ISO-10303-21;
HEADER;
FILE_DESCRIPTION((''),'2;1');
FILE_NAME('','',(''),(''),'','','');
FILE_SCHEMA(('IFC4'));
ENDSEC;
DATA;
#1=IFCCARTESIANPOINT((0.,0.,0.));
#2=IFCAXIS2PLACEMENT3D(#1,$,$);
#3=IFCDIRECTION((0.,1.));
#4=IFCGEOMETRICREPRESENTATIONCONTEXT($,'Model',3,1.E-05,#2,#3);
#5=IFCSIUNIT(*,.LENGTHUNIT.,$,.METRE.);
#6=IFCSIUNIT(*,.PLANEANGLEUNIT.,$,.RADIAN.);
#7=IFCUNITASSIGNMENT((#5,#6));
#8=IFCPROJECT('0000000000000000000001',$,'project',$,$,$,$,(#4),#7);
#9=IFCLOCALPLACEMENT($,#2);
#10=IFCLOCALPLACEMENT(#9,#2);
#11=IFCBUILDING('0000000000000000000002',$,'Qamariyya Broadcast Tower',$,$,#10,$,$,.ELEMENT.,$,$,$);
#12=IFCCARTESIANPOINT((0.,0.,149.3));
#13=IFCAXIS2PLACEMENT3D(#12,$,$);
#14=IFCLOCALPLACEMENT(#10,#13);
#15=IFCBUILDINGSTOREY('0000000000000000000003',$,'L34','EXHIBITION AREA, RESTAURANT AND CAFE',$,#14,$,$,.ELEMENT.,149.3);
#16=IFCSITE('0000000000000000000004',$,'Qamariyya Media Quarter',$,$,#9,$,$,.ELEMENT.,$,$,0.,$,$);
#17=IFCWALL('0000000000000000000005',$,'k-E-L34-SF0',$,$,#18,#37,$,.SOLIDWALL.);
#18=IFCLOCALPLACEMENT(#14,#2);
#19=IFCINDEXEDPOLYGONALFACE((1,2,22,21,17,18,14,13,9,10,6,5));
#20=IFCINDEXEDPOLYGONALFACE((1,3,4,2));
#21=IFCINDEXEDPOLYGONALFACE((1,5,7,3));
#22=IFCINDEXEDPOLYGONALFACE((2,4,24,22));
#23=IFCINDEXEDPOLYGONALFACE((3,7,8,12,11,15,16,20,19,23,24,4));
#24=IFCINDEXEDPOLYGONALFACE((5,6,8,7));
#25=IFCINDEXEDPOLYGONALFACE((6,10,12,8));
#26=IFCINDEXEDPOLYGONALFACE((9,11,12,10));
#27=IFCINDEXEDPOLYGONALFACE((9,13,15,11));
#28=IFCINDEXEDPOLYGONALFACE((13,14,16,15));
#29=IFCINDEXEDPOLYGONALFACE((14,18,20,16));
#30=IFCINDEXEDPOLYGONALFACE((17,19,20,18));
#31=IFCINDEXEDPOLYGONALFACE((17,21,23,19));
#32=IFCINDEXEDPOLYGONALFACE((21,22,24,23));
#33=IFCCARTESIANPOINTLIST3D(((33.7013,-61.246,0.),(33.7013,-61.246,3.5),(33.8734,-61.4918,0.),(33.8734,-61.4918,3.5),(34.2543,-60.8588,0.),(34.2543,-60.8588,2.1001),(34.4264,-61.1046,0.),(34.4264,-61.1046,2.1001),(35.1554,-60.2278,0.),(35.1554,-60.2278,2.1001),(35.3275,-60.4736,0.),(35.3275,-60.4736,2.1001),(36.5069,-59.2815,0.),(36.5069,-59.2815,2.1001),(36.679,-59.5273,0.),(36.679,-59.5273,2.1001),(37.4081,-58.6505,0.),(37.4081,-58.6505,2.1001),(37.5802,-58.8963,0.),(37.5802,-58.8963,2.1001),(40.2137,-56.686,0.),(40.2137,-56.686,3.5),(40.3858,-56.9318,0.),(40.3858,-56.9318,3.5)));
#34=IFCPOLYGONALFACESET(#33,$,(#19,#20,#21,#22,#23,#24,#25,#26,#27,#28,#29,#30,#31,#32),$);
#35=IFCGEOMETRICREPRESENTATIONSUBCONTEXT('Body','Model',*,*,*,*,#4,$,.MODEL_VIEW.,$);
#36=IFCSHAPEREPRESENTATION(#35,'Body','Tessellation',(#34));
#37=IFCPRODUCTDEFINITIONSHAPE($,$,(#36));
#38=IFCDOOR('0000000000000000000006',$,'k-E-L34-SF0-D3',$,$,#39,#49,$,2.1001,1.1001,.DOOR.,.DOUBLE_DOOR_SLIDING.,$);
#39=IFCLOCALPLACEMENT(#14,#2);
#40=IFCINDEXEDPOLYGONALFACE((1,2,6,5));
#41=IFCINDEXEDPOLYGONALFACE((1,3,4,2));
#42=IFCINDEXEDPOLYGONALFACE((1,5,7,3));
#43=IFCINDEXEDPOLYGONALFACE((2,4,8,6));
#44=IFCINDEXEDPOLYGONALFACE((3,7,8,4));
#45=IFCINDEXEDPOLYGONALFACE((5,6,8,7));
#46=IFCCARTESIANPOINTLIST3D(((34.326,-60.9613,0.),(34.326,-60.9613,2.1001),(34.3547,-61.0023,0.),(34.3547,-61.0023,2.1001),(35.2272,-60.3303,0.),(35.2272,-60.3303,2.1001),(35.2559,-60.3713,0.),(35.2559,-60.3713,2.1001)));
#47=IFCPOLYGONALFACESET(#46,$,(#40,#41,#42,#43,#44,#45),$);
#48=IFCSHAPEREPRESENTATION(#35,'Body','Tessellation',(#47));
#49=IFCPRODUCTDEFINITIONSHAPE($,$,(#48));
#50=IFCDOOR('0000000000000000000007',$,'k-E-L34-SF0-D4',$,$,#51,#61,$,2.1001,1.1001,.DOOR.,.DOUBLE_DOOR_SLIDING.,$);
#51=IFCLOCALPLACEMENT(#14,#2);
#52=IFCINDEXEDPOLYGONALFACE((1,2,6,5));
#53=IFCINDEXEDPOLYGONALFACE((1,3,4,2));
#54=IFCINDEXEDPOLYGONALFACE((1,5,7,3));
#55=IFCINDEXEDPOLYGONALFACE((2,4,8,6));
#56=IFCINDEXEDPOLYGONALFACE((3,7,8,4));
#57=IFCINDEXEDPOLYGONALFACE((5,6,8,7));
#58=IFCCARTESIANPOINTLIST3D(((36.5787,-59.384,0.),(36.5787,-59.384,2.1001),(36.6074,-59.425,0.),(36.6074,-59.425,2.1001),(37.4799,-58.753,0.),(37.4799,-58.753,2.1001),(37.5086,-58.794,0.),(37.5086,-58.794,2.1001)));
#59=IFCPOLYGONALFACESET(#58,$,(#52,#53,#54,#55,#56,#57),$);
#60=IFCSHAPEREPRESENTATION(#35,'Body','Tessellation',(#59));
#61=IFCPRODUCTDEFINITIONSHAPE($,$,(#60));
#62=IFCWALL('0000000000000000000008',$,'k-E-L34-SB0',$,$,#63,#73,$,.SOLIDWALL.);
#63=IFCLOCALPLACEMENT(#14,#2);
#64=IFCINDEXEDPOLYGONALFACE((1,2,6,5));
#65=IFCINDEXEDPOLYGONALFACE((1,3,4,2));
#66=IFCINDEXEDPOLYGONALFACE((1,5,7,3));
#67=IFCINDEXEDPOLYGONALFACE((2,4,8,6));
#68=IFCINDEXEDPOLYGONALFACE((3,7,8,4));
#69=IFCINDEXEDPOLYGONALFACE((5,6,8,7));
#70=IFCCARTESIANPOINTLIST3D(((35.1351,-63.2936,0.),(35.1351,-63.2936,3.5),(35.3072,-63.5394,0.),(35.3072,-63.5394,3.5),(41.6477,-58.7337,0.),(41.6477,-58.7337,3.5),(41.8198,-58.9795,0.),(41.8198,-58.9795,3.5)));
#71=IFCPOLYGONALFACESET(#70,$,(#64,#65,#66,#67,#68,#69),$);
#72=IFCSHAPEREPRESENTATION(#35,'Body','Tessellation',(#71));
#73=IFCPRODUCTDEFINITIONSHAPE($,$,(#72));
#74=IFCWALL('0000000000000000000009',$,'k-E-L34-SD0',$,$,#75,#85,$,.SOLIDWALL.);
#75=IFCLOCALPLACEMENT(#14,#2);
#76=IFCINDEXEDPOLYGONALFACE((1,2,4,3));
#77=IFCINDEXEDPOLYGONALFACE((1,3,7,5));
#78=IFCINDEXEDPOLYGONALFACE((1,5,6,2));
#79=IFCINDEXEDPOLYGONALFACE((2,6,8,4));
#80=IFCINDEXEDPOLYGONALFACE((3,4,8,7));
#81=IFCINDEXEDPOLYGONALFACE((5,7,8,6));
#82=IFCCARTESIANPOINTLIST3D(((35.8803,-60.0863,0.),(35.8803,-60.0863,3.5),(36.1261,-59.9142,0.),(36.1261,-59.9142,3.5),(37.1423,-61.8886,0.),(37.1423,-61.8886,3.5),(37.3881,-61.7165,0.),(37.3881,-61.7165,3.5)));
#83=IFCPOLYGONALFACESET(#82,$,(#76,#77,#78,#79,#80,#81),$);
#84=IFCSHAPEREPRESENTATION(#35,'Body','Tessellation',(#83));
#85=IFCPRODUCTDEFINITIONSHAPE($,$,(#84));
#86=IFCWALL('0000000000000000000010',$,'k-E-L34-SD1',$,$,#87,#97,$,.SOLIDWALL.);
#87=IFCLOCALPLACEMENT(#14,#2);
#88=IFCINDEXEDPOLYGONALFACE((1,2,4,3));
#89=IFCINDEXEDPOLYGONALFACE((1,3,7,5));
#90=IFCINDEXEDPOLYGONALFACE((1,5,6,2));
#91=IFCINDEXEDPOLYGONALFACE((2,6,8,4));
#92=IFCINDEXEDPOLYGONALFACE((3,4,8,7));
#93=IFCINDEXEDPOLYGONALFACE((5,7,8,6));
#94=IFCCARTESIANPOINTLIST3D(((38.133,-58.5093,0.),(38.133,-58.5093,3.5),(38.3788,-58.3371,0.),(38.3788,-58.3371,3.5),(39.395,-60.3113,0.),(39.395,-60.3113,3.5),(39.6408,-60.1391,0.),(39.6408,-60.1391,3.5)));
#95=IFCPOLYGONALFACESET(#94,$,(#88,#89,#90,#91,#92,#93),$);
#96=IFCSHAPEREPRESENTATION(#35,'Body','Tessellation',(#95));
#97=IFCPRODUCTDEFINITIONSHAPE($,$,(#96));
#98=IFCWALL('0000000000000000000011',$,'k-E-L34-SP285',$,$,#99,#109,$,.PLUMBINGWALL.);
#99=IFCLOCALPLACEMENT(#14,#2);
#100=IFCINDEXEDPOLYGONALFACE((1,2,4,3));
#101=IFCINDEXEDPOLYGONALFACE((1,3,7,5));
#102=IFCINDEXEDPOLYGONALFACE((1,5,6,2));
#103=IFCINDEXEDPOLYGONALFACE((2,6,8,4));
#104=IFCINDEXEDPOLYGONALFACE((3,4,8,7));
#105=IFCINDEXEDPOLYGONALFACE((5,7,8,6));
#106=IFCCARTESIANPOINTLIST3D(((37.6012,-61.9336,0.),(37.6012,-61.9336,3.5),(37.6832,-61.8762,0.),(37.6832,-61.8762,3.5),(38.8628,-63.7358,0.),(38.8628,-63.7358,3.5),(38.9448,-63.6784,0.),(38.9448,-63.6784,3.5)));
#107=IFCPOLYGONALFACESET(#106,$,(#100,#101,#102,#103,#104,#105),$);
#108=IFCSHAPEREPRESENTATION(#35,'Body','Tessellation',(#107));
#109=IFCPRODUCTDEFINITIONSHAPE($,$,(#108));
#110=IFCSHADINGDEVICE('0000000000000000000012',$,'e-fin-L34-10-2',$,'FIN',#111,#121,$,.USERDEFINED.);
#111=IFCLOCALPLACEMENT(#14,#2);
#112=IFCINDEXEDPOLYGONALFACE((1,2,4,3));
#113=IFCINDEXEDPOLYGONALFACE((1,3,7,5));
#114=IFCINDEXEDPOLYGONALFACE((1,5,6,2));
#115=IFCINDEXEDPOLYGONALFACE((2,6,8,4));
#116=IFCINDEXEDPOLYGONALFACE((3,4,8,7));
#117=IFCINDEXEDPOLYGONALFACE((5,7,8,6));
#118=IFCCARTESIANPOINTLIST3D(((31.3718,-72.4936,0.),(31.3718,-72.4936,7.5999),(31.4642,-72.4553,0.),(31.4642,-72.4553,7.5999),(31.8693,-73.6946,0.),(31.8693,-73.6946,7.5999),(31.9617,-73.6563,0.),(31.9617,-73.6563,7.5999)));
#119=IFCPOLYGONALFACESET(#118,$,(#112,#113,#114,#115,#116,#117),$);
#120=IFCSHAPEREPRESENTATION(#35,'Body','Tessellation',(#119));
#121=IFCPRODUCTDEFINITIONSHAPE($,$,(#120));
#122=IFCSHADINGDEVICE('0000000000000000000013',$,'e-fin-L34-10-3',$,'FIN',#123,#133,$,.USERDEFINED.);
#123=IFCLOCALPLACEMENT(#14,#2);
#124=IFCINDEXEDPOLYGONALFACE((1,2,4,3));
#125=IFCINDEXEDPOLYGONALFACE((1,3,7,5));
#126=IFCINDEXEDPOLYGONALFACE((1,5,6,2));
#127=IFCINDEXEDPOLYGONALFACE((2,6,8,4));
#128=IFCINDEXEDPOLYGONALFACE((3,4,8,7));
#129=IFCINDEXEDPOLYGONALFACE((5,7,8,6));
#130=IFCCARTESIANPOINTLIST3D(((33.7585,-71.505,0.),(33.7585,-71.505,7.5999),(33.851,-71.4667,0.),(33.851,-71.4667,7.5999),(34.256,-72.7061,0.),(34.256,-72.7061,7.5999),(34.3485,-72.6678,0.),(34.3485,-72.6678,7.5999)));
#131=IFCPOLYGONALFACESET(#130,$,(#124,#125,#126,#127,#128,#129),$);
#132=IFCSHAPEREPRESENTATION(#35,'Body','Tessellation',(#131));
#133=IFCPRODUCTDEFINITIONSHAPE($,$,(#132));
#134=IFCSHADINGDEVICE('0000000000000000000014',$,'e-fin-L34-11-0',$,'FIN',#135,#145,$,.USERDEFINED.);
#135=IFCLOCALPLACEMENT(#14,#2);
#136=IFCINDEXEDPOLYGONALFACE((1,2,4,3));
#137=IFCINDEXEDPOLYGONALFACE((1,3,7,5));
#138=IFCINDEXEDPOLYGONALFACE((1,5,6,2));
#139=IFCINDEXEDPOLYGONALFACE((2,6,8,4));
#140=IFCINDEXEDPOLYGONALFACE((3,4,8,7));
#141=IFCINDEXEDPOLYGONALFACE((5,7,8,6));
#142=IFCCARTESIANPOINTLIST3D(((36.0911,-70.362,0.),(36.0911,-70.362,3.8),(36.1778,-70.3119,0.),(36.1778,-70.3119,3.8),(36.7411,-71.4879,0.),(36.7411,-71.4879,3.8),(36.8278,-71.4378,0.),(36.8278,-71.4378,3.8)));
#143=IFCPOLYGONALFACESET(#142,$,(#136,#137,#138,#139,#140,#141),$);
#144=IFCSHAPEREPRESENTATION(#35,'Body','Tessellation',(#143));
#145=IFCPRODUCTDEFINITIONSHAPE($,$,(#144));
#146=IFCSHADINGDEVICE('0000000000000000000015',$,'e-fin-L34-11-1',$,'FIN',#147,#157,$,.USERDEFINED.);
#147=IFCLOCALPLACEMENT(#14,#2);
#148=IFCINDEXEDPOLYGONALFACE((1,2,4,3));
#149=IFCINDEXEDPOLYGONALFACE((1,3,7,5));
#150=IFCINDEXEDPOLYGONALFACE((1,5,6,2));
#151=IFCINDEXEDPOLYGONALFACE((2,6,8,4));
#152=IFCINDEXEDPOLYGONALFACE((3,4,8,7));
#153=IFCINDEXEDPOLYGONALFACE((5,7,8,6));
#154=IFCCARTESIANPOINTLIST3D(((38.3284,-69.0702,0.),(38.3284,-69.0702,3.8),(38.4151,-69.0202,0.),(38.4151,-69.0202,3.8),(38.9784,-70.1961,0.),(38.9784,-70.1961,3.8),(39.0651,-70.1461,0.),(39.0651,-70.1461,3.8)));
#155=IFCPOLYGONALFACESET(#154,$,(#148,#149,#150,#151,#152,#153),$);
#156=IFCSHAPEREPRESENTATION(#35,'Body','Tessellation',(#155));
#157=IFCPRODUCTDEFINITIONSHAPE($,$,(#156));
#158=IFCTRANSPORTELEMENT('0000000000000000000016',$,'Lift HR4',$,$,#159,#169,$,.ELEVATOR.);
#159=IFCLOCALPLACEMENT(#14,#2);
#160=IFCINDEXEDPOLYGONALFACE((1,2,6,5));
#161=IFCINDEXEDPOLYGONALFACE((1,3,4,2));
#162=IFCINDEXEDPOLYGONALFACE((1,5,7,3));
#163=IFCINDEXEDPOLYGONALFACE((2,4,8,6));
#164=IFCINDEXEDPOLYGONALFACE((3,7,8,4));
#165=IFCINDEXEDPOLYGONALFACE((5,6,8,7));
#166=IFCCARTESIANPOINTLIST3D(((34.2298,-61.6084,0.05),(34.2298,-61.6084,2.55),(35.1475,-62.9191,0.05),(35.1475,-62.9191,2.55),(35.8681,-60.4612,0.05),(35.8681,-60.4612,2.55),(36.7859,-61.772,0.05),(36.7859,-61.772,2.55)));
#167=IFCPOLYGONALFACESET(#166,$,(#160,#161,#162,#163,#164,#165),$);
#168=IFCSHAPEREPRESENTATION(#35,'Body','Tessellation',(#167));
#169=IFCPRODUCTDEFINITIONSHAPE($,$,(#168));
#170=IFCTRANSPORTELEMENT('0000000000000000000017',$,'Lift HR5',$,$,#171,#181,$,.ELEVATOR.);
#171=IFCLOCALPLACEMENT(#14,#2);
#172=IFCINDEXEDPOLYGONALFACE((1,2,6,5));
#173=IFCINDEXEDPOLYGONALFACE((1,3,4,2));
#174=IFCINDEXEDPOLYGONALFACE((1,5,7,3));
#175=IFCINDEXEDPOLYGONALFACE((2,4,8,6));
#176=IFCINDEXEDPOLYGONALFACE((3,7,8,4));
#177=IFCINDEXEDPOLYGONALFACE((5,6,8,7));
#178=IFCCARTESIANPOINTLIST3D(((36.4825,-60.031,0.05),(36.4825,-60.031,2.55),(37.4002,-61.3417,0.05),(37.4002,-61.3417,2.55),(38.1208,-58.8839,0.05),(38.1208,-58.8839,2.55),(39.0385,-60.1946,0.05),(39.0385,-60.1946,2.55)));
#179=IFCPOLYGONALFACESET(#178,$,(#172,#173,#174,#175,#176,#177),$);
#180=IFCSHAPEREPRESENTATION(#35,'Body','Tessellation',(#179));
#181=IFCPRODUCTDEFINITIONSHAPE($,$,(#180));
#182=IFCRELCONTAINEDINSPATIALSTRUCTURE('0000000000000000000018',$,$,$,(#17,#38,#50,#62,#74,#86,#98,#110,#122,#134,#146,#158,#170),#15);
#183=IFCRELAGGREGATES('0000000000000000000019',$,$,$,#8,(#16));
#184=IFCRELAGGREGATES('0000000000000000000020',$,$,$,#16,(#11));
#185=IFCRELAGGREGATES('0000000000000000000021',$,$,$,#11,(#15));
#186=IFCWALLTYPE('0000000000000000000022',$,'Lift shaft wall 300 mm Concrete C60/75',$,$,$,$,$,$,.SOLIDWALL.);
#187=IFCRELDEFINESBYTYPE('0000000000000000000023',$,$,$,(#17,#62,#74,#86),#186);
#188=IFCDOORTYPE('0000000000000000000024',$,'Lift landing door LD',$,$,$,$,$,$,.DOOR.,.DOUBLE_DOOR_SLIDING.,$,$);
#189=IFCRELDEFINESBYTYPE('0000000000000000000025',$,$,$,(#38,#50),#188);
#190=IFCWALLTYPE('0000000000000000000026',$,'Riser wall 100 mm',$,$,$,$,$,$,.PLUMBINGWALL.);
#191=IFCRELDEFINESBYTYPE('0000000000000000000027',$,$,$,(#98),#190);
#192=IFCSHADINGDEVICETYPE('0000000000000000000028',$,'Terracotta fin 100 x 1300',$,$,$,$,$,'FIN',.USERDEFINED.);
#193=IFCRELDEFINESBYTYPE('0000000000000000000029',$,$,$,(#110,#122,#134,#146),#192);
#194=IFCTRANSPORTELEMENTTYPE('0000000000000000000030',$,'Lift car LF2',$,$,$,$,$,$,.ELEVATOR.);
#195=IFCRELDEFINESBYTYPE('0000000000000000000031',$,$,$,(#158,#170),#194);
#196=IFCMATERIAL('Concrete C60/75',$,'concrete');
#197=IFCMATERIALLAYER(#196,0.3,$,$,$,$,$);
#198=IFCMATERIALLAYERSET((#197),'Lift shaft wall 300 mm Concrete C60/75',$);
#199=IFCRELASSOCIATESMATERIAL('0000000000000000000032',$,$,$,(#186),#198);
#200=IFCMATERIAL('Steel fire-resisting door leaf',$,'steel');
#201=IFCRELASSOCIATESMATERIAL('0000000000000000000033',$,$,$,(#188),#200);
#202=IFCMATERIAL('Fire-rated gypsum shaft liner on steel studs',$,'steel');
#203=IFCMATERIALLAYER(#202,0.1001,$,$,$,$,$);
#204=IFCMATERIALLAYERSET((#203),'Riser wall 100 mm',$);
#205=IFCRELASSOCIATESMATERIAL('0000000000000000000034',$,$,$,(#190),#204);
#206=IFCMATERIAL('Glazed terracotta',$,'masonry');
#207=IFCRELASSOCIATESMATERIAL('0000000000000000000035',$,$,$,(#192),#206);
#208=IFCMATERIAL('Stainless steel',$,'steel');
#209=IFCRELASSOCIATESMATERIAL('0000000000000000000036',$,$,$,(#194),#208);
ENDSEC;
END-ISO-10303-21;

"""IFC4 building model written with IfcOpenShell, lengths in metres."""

from ifc_helpers import new_model, si_unit, direction, frame, frame_2d, origin, origin_2d, place, context, subcontext, project, spatial, rectangle, extrude, material, layer, layer_set, material_profile, profile_set, type_object, element, fill, save


model = new_model("IFC4")

# Units and contexts
model_context = context("Model", 3, precision=1e-05, world=origin(), true_north=direction((0.0, 1.0)))
body_context = subcontext(model_context, "Body", "Model", "MODEL_VIEW")
ifc_project = project(units=[si_unit("LENGTHUNIT", "METRE"), si_unit("PLANEANGLEUNIT", "RADIAN")], contexts=[model_context])

# Site, building, storey
site_placement = place(None, origin())
site = spatial("IfcSite", under=ifc_project, at=site_placement, Name="Qamariyya Media Quarter", CompositionType="ELEMENT", RefElevation=0.0)
building_placement = place(site_placement, origin())
building = spatial("IfcBuilding", under=site, at=building_placement, Name="Qamariyya Broadcast Tower", CompositionType="ELEMENT")
storey_placement = place(building_placement, frame((0.0, 0.0, 149.3)))
storey = spatial("IfcBuildingStorey", under=building, at=storey_placement, Name="L34", Description="EXHIBITION AREA, RESTAURANT AND CAFE", CompositionType="ELEMENT", Elevation=149.3)

# Shared definitions
ifc_material_1 = material(Name="Concrete C60/75", Category="concrete")

# Shared definitions
ifc_material_2 = material(Name="Steel fire-resisting door leaf", Category="steel")

# Shared definitions
ifc_layer_1 = layer(ifc_material_1, 0.3)
ifc_layer_set_1 = layer_set([ifc_layer_1], Name="Lift shaft wall 300 mm Concrete C60/75")
wall_type_1 = type_object("IfcWallType", Name="Lift shaft wall 300 mm Concrete C60/75", PredefinedType="SOLIDWALL", material=ifc_layer_set_1)
door_type_1 = type_object("IfcDoorType", Name="Lift landing door LD", OperationType="DOUBLE_DOOR_SLIDING", PredefinedType="DOOR", material=ifc_material_2)

# Wall, openings, doors
wall_1_placement = place(storey_placement, frame((33.7874, -61.3689, 0.0), z_axis=(0.0, 0.0, 1.0), x_axis=(0.819153, 0.573576, 0.0)))
wall_1 = element("IfcWall", 1, at=wall_1_placement, inside=storey, type_object=wall_type_1, Name="k-E-L34-SF0", PredefinedType="SOLIDWALL", context=body_context, shape_type="SweptSolid", body=[
    extrude(rectangle(XDim=7.9502, YDim=0.3, at=frame_2d((3.9751, 0.0))), origin(), (0.0, 0.0, 1.0), 3.5),
])
opening_1_placement = place(wall_1_placement, frame((0.675, 0.0, 0.0)))
opening_1 = element("IfcOpeningElement", 2, at=opening_1_placement, cuts=wall_1, PredefinedType="OPENING", context=body_context, shape_type="SweptSolid", body=[
    extrude(rectangle(XDim=1.1001, YDim=2.1001, at=frame_2d((0.55, 1.05))), frame((0.0, 0.1599, 0.0), z_axis=(0.0, -1.0, 0.0), x_axis=(1.0, 0.0, 0.0)), (0.0, 0.0, 1.0), 0.3201),
])
opening_2_placement = place(wall_1_placement, frame((3.425, 0.0, 0.0)))
opening_2 = element("IfcOpeningElement", 3, at=opening_2_placement, cuts=wall_1, PredefinedType="OPENING", context=body_context, shape_type="SweptSolid", body=[
    extrude(rectangle(XDim=1.1001, YDim=2.1001, at=frame_2d((0.55, 1.05))), frame((0.0, 0.1599, 0.0), z_axis=(0.0, -1.0, 0.0), x_axis=(1.0, 0.0, 0.0)), (0.0, 0.0, 1.0), 0.3201),
])
door_1_placement = place(opening_1_placement, origin())
door_1 = element("IfcDoor", 4, at=door_1_placement, inside=storey, type_object=door_type_1, Name="k-E-L34-SF0-D3", OperationType="DOUBLE_DOOR_SLIDING", OverallHeight=2.1001, OverallWidth=1.1001, PredefinedType="DOOR", context=body_context, shape_type="SweptSolid", body=[
    extrude(rectangle(XDim=1.1001, YDim=2.1001, at=frame_2d((0.55, 1.05))), frame((0.0, 0.0249, 0.0), z_axis=(0.0, -1.0, 0.0), x_axis=(1.0, 0.0, 0.0)), (0.0, 0.0, 1.0), 0.05),
])
fill(opening_1, door_1)
door_2_placement = place(opening_2_placement, origin())
door_2 = element("IfcDoor", 5, at=door_2_placement, inside=storey, type_object=door_type_1, Name="k-E-L34-SF0-D4", OperationType="DOUBLE_DOOR_SLIDING", OverallHeight=2.1001, OverallWidth=1.1001, PredefinedType="DOOR", context=body_context, shape_type="SweptSolid", body=[
    extrude(rectangle(XDim=1.1001, YDim=2.1001, at=frame_2d((0.55, 1.05))), frame((0.0, 0.0249, 0.0), z_axis=(0.0, -1.0, 0.0), x_axis=(1.0, 0.0, 0.0)), (0.0, 0.0, 1.0), 0.05),
])
fill(opening_2, door_2)

# Walls
wall_2_placement = place(storey_placement, frame((35.2212, -63.4165, 0.0), z_axis=(0.0, 0.0, 1.0), x_axis=(0.819167, 0.573555, 0.0)))
element("IfcWall", 6, at=wall_2_placement, inside=storey, type_object=wall_type_1, Name="k-E-L34-SB0", PredefinedType="SOLIDWALL", context=body_context, shape_type="SweptSolid", body=[
    extrude(rectangle(XDim=7.9502, YDim=0.3, at=frame_2d((3.9751, 0.0))), origin(), (0.0, 0.0, 1.0), 3.5),
])
wall_3_placement = place(storey_placement, frame((36.0032, -60.0002, 0.0), z_axis=(0.0, 0.0, 1.0), x_axis=(0.573581, -0.819149, 0.0)))
element("IfcWall", 7, at=wall_3_placement, inside=storey, type_object=wall_type_1, Name="k-E-L34-SD0", PredefinedType="SOLIDWALL", context=body_context, shape_type="SweptSolid", body=[
    extrude(rectangle(XDim=2.2002, YDim=0.3, at=frame_2d((1.1001, 0.0))), origin(), (0.0, 0.0, 1.0), 3.5),
])
wall_4_placement = place(storey_placement, frame((38.2559, -58.4231, 0.0), z_axis=(0.0, 0.0, 1.0), x_axis=(0.573634, -0.819112, 0.0)))
element("IfcWall", 8, at=wall_4_placement, inside=storey, type_object=wall_type_1, Name="k-E-L34-SD1", PredefinedType="SOLIDWALL", context=body_context, shape_type="SweptSolid", body=[
    extrude(rectangle(XDim=2.2, YDim=0.3, at=frame_2d((1.1001, 0.0))), origin(), (0.0, 0.0, 1.0), 3.5),
])
ifc_material_3 = material(Name="Fire-rated gypsum shaft liner on steel studs", Category="steel")
ifc_layer_2 = layer(ifc_material_3, 0.1001)
ifc_layer_set_2 = layer_set([ifc_layer_2], Name="Riser wall 100 mm")
wall_type_2 = type_object("IfcWallType", Name="Riser wall 100 mm", PredefinedType="PLUMBINGWALL", material=ifc_layer_set_2)
wall_5_placement = place(storey_placement, frame((37.6421, -61.9048, 0.0), z_axis=(0.0, 0.0, 1.0), x_axis=(0.573507, -0.819201, 0.0)))
element("IfcWall", 9, at=wall_5_placement, inside=storey, type_object=wall_type_2, Name="k-E-L34-SP285", PredefinedType="PLUMBINGWALL", context=body_context, shape_type="SweptSolid", body=[
    extrude(rectangle(XDim=2.2, YDim=0.1001, at=frame_2d((1.1001, 0.0))), origin(), (0.0, 0.0, 1.0), 3.5),
])

# Shading devices
ifc_material_4 = material(Name="Glazed terracotta", Category="masonry")
ifc_material_profile_1 = material_profile(ifc_material_4, rectangle(XDim=1.3, YDim=0.1001, at=origin_2d()))
ifc_profile_set_1 = profile_set([ifc_material_profile_1], Name="Glazed terracotta")
shading_device_type_1 = type_object("IfcShadingDeviceType", Name="Terracotta fin 100 x 1300", ElementType="FIN", PredefinedType="USERDEFINED", material=ifc_profile_set_1)
for number, where, z_axis, x_axis, name in (
    (10, (31.6667, -73.075, 0.0), (0.0, 0.0, 1.0), (0.382683, -0.92388, 0.0), "e-fin-L34-10-2"),
    (11, (34.0535, -72.0864, 0.0), (0.0, 0.0, 1.0), (0.382683, -0.92388, 0.0), "e-fin-L34-10-3"),
):
    element("IfcShadingDevice", number, at=place(storey_placement, frame(where, z_axis=z_axis, x_axis=x_axis)), inside=storey, type_object=shading_device_type_1, Name=name, ObjectType="FIN", PredefinedType="USERDEFINED", context=body_context, shape_type="SweptSolid", body=[
        extrude(rectangle(XDim=1.3, YDim=0.1001, at=origin_2d()), origin(), (0.0, 0.0, 1.0), 7.5999),
    ])
for number, where, z_axis, x_axis, name in (
    (12, (36.4595, -70.8999, 0.0), (0.0, 0.0, 1.0), (0.5, -0.866025, 0.0), "e-fin-L34-11-0"),
    (13, (38.6968, -69.6082, 0.0), (0.0, 0.0, 1.0), (0.5, -0.866025, 0.0), "e-fin-L34-11-1"),
):
    element("IfcShadingDevice", number, at=place(storey_placement, frame(where, z_axis=z_axis, x_axis=x_axis)), inside=storey, type_object=shading_device_type_1, Name=name, ObjectType="FIN", PredefinedType="USERDEFINED", context=body_context, shape_type="SweptSolid", body=[
        extrude(rectangle(XDim=1.3, YDim=0.1001, at=origin_2d()), origin(), (0.0, 0.0, 1.0), 3.8),
    ])

# Transport elements
ifc_material_5 = material(Name="Stainless steel", Category="steel")
transport_element_type = type_object("IfcTransportElementType", Name="Lift car LF2", PredefinedType="ELEVATOR", material=ifc_material_5)
for number, where, z_axis, x_axis, name in (
    (14, (35.5078, -61.6902, 0.05), (0.0, 0.0, 1.0), (0.819152, 0.573576, 0.0), "Lift HR4"),
    (15, (37.7605, -60.1128, 0.05), (0.0, 0.0, 1.0), (0.819152, 0.573576, 0.0), "Lift HR5"),
):
    element("IfcTransportElement", number, at=place(storey_placement, frame(where, z_axis=z_axis, x_axis=x_axis)), inside=storey, type_object=transport_element_type, Name=name, PredefinedType="ELEVATOR", context=body_context, shape_type="SweptSolid", body=[
        extrude(rectangle(XDim=2.0, YDim=1.6001, at=origin_2d()), origin(), (0.0, 0.0, 1.0), 2.5),
    ])

save(model, "model.ifc")
